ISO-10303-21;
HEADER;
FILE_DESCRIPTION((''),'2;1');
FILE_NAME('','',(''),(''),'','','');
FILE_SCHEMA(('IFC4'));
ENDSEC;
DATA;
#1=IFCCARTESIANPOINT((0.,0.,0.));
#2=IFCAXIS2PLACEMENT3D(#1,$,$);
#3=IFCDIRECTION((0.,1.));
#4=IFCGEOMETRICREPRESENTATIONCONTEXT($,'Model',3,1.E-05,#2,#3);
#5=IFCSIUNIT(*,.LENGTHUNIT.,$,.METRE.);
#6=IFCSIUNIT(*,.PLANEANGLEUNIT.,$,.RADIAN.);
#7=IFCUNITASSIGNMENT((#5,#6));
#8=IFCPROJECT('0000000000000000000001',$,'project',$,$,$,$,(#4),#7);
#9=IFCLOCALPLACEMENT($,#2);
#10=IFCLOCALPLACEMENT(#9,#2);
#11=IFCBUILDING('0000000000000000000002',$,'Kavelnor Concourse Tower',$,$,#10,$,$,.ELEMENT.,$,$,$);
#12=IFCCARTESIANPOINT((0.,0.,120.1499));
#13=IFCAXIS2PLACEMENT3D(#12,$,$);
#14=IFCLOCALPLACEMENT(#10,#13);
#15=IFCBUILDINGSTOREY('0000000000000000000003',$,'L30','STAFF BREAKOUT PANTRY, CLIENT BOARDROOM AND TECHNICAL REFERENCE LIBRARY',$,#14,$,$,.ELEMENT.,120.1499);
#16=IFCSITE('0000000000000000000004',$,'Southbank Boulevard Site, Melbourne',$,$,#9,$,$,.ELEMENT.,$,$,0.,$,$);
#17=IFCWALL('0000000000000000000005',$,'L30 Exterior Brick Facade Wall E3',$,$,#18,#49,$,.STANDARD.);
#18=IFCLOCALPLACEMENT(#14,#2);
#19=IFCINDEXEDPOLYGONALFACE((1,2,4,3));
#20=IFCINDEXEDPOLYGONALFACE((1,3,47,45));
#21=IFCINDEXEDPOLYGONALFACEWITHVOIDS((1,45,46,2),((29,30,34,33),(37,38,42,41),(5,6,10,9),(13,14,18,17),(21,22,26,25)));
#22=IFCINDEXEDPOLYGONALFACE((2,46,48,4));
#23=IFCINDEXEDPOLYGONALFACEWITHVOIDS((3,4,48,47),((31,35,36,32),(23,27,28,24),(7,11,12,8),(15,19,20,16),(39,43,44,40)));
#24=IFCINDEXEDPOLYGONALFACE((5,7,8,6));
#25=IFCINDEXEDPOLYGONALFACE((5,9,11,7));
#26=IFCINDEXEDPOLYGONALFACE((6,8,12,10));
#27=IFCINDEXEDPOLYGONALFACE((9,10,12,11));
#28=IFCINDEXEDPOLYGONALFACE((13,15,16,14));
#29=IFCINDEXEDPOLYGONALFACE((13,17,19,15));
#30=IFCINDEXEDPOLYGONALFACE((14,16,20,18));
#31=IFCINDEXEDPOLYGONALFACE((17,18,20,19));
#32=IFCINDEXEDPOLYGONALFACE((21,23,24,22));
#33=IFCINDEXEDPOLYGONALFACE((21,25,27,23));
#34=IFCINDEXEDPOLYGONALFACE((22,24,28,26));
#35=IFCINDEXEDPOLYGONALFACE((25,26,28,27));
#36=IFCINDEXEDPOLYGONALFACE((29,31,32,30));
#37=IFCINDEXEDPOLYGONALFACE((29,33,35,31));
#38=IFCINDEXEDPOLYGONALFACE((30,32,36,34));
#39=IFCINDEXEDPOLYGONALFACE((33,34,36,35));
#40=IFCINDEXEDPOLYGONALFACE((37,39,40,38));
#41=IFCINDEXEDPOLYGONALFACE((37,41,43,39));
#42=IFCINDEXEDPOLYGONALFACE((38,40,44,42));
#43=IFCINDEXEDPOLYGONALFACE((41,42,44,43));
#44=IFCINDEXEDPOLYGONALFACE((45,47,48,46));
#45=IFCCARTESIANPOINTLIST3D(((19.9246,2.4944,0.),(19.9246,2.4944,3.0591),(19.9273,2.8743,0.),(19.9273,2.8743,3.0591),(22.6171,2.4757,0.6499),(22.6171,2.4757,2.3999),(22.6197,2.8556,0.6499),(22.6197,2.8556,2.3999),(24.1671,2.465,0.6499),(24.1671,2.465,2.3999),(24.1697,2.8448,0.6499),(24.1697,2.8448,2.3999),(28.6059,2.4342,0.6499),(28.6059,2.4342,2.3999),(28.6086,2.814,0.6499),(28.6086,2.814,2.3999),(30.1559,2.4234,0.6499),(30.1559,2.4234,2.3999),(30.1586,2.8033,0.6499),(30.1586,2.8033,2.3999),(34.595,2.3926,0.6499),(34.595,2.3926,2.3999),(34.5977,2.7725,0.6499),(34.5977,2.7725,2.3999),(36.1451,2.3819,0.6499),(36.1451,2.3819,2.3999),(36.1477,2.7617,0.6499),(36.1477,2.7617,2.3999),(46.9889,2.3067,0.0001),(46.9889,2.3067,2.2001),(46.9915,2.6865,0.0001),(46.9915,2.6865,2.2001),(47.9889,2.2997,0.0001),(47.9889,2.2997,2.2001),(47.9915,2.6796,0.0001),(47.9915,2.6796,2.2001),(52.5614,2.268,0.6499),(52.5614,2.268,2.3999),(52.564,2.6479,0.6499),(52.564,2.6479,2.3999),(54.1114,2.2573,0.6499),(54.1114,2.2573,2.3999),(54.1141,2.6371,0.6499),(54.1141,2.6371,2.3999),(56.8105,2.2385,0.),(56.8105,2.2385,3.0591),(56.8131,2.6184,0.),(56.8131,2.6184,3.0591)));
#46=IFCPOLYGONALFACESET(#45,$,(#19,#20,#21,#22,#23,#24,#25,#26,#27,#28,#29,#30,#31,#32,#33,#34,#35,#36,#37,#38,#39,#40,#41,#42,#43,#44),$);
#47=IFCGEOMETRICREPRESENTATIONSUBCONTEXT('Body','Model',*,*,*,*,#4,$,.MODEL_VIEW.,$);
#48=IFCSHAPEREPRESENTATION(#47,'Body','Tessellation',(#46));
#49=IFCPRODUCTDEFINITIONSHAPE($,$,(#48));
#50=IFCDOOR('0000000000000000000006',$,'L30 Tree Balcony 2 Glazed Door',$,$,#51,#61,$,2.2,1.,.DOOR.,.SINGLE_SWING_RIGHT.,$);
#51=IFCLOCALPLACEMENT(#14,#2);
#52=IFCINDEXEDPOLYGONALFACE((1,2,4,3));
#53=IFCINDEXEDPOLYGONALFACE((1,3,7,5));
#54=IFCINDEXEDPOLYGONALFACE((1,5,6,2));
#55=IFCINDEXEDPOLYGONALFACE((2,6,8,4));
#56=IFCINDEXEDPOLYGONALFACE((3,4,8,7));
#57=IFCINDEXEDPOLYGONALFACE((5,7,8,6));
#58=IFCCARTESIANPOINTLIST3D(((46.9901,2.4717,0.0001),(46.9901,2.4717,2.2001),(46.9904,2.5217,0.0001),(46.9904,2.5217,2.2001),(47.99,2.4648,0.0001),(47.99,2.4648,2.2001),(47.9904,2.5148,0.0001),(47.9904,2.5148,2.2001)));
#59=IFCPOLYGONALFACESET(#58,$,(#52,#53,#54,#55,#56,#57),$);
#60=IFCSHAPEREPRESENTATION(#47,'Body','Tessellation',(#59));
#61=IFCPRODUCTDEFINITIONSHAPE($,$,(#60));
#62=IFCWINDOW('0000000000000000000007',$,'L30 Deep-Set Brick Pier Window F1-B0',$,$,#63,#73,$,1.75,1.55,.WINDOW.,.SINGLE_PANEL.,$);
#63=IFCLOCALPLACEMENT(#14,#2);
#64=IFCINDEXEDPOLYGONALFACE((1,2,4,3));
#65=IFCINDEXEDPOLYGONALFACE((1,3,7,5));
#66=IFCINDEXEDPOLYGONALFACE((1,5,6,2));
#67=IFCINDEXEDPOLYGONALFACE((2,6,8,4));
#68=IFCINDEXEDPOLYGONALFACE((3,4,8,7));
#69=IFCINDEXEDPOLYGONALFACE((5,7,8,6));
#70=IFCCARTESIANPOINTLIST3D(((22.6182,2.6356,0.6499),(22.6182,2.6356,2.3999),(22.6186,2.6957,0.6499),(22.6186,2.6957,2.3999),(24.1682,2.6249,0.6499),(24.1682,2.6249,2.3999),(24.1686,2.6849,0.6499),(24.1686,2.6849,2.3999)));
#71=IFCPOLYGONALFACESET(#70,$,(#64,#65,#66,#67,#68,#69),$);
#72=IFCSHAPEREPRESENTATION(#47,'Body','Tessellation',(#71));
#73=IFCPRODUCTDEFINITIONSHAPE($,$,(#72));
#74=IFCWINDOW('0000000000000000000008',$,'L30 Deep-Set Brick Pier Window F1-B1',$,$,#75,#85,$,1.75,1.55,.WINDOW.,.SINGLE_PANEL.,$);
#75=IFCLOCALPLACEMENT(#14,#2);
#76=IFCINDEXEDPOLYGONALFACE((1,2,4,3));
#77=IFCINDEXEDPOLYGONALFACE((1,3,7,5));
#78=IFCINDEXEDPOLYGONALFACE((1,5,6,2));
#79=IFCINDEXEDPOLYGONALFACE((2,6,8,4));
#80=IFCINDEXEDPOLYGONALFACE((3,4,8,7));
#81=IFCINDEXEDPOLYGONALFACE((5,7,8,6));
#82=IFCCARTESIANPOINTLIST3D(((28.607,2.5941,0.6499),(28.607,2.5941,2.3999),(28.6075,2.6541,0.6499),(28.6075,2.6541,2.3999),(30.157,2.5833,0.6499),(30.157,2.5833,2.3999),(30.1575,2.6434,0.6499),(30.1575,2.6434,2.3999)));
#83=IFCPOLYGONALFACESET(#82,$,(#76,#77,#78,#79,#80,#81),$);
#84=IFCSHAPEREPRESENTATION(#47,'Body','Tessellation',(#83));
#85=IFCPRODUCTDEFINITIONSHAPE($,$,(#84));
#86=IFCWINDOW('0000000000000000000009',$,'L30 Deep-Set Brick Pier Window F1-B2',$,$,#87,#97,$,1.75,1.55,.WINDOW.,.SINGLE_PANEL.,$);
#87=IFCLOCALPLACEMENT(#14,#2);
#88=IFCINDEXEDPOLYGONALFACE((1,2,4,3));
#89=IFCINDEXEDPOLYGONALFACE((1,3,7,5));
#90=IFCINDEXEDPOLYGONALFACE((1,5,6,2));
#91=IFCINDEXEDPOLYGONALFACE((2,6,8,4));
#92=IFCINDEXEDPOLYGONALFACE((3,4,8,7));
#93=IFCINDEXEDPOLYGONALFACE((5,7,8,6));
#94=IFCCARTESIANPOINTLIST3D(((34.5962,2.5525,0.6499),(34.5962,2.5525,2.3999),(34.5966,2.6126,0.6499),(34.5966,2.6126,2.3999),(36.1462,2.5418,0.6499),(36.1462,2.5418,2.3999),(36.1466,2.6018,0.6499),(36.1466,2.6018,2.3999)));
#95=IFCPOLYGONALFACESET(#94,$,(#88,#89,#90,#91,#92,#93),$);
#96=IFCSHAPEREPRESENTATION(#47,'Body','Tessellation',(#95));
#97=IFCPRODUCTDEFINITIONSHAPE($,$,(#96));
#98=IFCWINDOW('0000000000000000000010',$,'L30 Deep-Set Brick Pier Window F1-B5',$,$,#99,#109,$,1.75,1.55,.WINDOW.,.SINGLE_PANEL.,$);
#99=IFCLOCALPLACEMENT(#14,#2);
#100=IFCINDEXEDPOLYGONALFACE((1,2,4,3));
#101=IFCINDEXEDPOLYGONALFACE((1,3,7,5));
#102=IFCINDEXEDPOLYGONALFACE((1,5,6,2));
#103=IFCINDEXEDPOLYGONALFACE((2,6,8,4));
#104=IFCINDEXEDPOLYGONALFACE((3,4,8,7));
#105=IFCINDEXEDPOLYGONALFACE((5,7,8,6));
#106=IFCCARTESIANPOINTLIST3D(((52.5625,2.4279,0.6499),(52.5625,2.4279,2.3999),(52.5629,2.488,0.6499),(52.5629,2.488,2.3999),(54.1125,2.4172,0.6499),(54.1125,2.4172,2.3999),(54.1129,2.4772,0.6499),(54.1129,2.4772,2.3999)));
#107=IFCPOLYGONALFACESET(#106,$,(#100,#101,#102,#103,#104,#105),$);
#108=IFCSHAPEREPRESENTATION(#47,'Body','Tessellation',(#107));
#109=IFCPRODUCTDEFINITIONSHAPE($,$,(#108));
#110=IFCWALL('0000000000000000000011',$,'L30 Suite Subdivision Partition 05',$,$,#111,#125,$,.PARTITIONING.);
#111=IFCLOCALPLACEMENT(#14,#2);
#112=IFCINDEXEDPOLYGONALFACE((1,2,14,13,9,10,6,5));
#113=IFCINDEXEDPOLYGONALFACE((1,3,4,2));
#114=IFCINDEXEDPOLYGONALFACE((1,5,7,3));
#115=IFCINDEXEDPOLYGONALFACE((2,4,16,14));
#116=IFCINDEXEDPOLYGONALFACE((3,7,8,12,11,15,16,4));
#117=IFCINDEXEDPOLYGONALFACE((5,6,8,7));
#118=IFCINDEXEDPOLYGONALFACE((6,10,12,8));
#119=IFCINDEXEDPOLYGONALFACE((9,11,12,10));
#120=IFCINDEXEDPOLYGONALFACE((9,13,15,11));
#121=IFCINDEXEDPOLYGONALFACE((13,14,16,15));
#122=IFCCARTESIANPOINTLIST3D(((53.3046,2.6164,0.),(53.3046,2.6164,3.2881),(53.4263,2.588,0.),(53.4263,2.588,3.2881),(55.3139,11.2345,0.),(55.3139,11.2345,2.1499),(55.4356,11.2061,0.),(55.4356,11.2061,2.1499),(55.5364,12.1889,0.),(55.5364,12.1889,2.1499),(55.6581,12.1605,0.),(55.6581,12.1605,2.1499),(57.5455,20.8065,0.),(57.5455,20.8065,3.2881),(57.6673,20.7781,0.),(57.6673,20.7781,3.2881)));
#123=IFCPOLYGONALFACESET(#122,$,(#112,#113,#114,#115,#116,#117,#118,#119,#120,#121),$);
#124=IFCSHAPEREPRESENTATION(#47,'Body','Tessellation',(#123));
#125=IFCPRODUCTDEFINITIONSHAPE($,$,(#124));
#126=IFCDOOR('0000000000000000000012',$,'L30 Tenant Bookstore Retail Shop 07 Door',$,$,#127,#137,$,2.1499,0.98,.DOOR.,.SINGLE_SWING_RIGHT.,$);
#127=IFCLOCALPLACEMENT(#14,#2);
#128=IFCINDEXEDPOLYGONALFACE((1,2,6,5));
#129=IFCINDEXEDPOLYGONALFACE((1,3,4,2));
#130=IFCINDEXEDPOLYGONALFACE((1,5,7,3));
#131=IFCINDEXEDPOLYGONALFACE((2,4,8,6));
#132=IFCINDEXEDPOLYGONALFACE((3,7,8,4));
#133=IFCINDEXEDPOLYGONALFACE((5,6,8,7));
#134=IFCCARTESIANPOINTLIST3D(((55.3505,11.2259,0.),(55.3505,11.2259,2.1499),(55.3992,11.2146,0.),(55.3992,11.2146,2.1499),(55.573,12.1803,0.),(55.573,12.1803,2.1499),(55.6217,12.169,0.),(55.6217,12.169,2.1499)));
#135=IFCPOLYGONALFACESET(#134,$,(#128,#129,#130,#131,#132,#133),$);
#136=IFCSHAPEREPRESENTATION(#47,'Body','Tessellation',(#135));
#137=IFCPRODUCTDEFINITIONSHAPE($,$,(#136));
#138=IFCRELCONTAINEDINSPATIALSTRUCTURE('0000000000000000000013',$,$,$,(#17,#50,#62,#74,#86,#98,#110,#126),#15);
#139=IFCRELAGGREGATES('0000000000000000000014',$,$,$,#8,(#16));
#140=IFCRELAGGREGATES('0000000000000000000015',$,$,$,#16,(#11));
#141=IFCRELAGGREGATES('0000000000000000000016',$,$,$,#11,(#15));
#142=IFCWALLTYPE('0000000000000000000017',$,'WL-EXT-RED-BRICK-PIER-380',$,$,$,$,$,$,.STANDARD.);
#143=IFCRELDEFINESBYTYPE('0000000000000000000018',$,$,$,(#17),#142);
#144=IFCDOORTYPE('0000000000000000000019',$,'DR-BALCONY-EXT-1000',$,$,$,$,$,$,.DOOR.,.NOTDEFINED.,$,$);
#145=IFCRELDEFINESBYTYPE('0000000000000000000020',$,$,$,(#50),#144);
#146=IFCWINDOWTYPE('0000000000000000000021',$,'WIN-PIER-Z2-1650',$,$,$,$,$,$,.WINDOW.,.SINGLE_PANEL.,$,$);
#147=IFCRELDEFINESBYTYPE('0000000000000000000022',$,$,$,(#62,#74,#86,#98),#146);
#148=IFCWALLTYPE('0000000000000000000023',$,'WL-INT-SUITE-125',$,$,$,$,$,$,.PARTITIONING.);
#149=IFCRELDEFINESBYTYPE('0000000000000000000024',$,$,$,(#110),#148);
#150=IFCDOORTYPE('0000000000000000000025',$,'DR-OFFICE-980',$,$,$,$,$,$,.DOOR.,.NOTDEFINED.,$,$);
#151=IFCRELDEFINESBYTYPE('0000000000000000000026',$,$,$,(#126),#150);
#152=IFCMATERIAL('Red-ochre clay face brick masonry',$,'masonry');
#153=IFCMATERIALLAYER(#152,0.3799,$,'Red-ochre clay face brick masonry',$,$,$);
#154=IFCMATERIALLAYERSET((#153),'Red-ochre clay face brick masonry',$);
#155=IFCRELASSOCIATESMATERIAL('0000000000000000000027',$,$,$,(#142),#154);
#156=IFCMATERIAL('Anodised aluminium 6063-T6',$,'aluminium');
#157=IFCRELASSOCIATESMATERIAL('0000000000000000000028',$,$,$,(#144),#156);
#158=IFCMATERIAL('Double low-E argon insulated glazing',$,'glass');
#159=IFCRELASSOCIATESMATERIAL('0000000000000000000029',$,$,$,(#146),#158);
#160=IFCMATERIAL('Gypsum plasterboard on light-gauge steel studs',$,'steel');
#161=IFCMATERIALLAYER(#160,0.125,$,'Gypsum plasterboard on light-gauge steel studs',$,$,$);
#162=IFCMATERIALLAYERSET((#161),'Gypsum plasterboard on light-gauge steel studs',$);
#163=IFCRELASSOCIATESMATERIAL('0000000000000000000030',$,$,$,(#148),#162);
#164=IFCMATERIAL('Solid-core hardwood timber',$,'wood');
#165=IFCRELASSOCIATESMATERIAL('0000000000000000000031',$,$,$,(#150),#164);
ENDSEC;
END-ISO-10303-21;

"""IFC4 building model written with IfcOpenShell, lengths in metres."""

from ifc_helpers import new_model, si_unit, direction, frame, frame_2d, origin, place, context, subcontext, project, spatial, rectangle, extrude, material, layer, layer_set, type_object, element, fill, save


model = new_model("IFC4")

# Units and contexts
model_context = context("Model", 3, precision=1e-05, world=origin(), true_north=direction((0.0, 1.0)))
body_context = subcontext(model_context, "Body", "Model", "MODEL_VIEW")
ifc_project = project(units=[si_unit("LENGTHUNIT", "METRE"), si_unit("PLANEANGLEUNIT", "RADIAN")], contexts=[model_context])

# Site, building, storey
site_placement = place(None, origin())
site = spatial("IfcSite", under=ifc_project, at=site_placement, Name="Southbank Boulevard Site, Melbourne", CompositionType="ELEMENT", RefElevation=0.0)
building_placement = place(site_placement, origin())
building = spatial("IfcBuilding", under=site, at=building_placement, Name="Kavelnor Concourse Tower", CompositionType="ELEMENT")
storey_placement = place(building_placement, frame((0.0, 0.0, 120.1499)))
storey = spatial("IfcBuildingStorey", under=building, at=storey_placement, Name="L30", Description="STAFF BREAKOUT PANTRY, CLIENT BOARDROOM AND TECHNICAL REFERENCE LIBRARY", CompositionType="ELEMENT", Elevation=120.1499)

# Shared definitions
ifc_material_1 = material(Name="Double low-E argon insulated glazing", Category="glass")

# Wall, openings, door, windows
ifc_material_2 = material(Name="Red-ochre clay face brick masonry", Category="masonry")
ifc_layer_1 = layer(ifc_material_2, 0.3799, Name="Red-ochre clay face brick masonry")
ifc_layer_set_1 = layer_set([ifc_layer_1], Name="Red-ochre clay face brick masonry")
wall_type_1 = type_object("IfcWallType", Name="WL-EXT-RED-BRICK-PIER-380", PredefinedType="STANDARD", material=ifc_layer_set_1)
wall_1_placement = place(storey_placement, frame((56.8118, 2.4285, 0.0), z_axis=(0.0, 0.0, 1.0), x_axis=(-0.999976, 0.006936, 0.0)))
wall_1 = element("IfcWall", 1, at=wall_1_placement, inside=storey, type_object=wall_type_1, Name="L30 Exterior Brick Facade Wall E3", PredefinedType="STANDARD", context=body_context, shape_type="SweptSolid", body=[
    extrude(rectangle(XDim=36.8867, YDim=0.3799, at=frame_2d((18.4434, 0.0))), origin(), (0.0, 0.0, 1.0), 3.0591),
])
opening_1_placement = place(wall_1_placement, frame((8.8218, 0.0, 0.0)))
opening_1 = element("IfcOpeningElement", 2, at=opening_1_placement, cuts=wall_1, PredefinedType="OPENING", context=body_context, shape_type="SweptSolid", body=[
    extrude(rectangle(XDim=1.0, YDim=2.2, at=frame_2d((0.5, 1.1001))), frame((0.0, 0.2, 0.0), z_axis=(0.0, -1.0, 0.0), x_axis=(1.0, 0.0, 0.0)), (0.0, 0.0, 1.0), 0.3999),
])
opening_2_placement = place(wall_1_placement, frame((32.6443, 0.0, 0.6499)))
opening_2 = element("IfcOpeningElement", 3, at=opening_2_placement, cuts=wall_1, PredefinedType="OPENING", context=body_context, shape_type="SweptSolid", body=[
    extrude(rectangle(XDim=1.55, YDim=1.75, at=frame_2d((0.7749, 0.875))), frame((0.0, 0.2, 0.0), z_axis=(0.0, -1.0, 0.0), x_axis=(1.0, 0.0, 0.0)), (0.0, 0.0, 1.0), 0.3999),
])
opening_3_placement = place(wall_1_placement, frame((26.6553, 0.0, 0.6499)))
opening_3 = element("IfcOpeningElement", 4, at=opening_3_placement, cuts=wall_1, PredefinedType="OPENING", context=body_context, shape_type="SweptSolid", body=[
    extrude(rectangle(XDim=1.55, YDim=1.75, at=frame_2d((0.7749, 0.875))), frame((0.0, 0.2, 0.0), z_axis=(0.0, -1.0, 0.0), x_axis=(1.0, 0.0, 0.0)), (0.0, 0.0, 1.0), 0.3999),
])
opening_4_placement = place(wall_1_placement, frame((20.666, 0.0, 0.6499)))
opening_4 = element("IfcOpeningElement", 5, at=opening_4_placement, cuts=wall_1, PredefinedType="OPENING", context=body_context, shape_type="SweptSolid", body=[
    extrude(rectangle(XDim=1.55, YDim=1.75, at=frame_2d((0.7749, 0.875))), frame((0.0, 0.2, 0.0), z_axis=(0.0, -1.0, 0.0), x_axis=(1.0, 0.0, 0.0)), (0.0, 0.0, 1.0), 0.3999),
])
opening_5_placement = place(wall_1_placement, frame((2.6992, 0.0, 0.6499)))
opening_5 = element("IfcOpeningElement", 6, at=opening_5_placement, cuts=wall_1, PredefinedType="OPENING", context=body_context, shape_type="SweptSolid", body=[
    extrude(rectangle(XDim=1.55, YDim=1.75, at=frame_2d((0.7749, 0.875))), frame((0.0, 0.2, 0.0), z_axis=(0.0, -1.0, 0.0), x_axis=(1.0, 0.0, 0.0)), (0.0, 0.0, 1.0), 0.3999),
])
ifc_material_3 = material(Name="Anodised aluminium 6063-T6", Category="aluminium")
door_type_1 = type_object("IfcDoorType", Name="DR-BALCONY-EXT-1000", OperationType="NOTDEFINED", PredefinedType="DOOR", material=ifc_material_3)
door_1_placement = place(opening_1_placement, origin())
door_1 = element("IfcDoor", 7, at=door_1_placement, inside=storey, type_object=door_type_1, Name="L30 Tree Balcony 2 Glazed Door", OperationType="SINGLE_SWING_RIGHT", OverallHeight=2.2, OverallWidth=1.0, PredefinedType="DOOR", context=body_context, shape_type="SweptSolid", body=[
    extrude(rectangle(XDim=1.0, YDim=2.2, at=frame_2d((0.5, 1.1001))), frame((0.0, 0.0249, 0.0), z_axis=(0.0, -1.0, 0.0), x_axis=(1.0, 0.0, 0.0)), (0.0, 0.0, 1.0), 0.05),
])
fill(opening_1, door_1)
window_type_1 = type_object("IfcWindowType", Name="WIN-PIER-Z2-1650", PartitioningType="SINGLE_PANEL", PredefinedType="WINDOW", material=ifc_material_1)
window_1_placement = place(opening_2_placement, origin())
window_1 = element("IfcWindow", 8, at=window_1_placement, inside=storey, type_object=window_type_1, Name="L30 Deep-Set Brick Pier Window F1-B0", OverallHeight=1.75, OverallWidth=1.55, PartitioningType="SINGLE_PANEL", PredefinedType="WINDOW", context=body_context, shape_type="SweptSolid", body=[
    extrude(rectangle(XDim=1.55, YDim=1.75, at=frame_2d((0.7749, 0.875))), frame((0.0, 0.03, 0.0), z_axis=(0.0, -1.0, 0.0), x_axis=(1.0, 0.0, 0.0)), (0.0, 0.0, 1.0), 0.0601),
])
fill(opening_2, window_1)
window_2_placement = place(opening_3_placement, origin())
window_2 = element("IfcWindow", 9, at=window_2_placement, inside=storey, type_object=window_type_1, Name="L30 Deep-Set Brick Pier Window F1-B1", OverallHeight=1.75, OverallWidth=1.55, PartitioningType="SINGLE_PANEL", PredefinedType="WINDOW", context=body_context, shape_type="SweptSolid", body=[
    extrude(rectangle(XDim=1.55, YDim=1.75, at=frame_2d((0.7749, 0.875))), frame((0.0, 0.03, 0.0), z_axis=(0.0, -1.0, 0.0), x_axis=(1.0, 0.0, 0.0)), (0.0, 0.0, 1.0), 0.0601),
])
fill(opening_3, window_2)
window_3_placement = place(opening_4_placement, origin())
window_3 = element("IfcWindow", 10, at=window_3_placement, inside=storey, type_object=window_type_1, Name="L30 Deep-Set Brick Pier Window F1-B2", OverallHeight=1.75, OverallWidth=1.55, PartitioningType="SINGLE_PANEL", PredefinedType="WINDOW", context=body_context, shape_type="SweptSolid", body=[
    extrude(rectangle(XDim=1.55, YDim=1.75, at=frame_2d((0.7749, 0.875))), frame((0.0, 0.03, 0.0), z_axis=(0.0, -1.0, 0.0), x_axis=(1.0, 0.0, 0.0)), (0.0, 0.0, 1.0), 0.0601),
])
fill(opening_4, window_3)
window_4_placement = place(opening_5_placement, origin())
window_4 = element("IfcWindow", 11, at=window_4_placement, inside=storey, type_object=window_type_1, Name="L30 Deep-Set Brick Pier Window F1-B5", OverallHeight=1.75, OverallWidth=1.55, PartitioningType="SINGLE_PANEL", PredefinedType="WINDOW", context=body_context, shape_type="SweptSolid", body=[
    extrude(rectangle(XDim=1.55, YDim=1.75, at=frame_2d((0.7749, 0.875))), frame((0.0, 0.03, 0.0), z_axis=(0.0, -1.0, 0.0), x_axis=(1.0, 0.0, 0.0)), (0.0, 0.0, 1.0), 0.0601),
])
fill(opening_5, window_4)

# Wall, opening, door
ifc_material_4 = material(Name="Gypsum plasterboard on light-gauge steel studs", Category="steel")
ifc_layer_2 = layer(ifc_material_4, 0.125, Name="Gypsum plasterboard on light-gauge steel studs")
ifc_layer_set_2 = layer_set([ifc_layer_2], Name="Gypsum plasterboard on light-gauge steel studs")
wall_type_2 = type_object("IfcWallType", Name="WL-INT-SUITE-125", PredefinedType="PARTITIONING", material=ifc_layer_set_2)
wall_2_placement = place(storey_placement, frame((53.3655, 2.6023, 0.0), z_axis=(0.0, 0.0, 1.0), x_axis=(0.227056, 0.973882, 0.0)))
wall_2 = element("IfcWall", 12, at=wall_2_placement, inside=storey, type_object=wall_type_2, Name="L30 Suite Subdivision Partition 05", PredefinedType="PARTITIONING", context=body_context, shape_type="SweptSolid", body=[
    extrude(rectangle(XDim=18.678, YDim=0.125, at=frame_2d((9.3389, 0.0))), origin(), (0.0, 0.0, 1.0), 3.2881),
])
opening_6_placement = place(wall_2_placement, frame((8.8491, 0.0, 0.0)))
opening_6 = element("IfcOpeningElement", 13, at=opening_6_placement, cuts=wall_2, PredefinedType="OPENING", context=body_context, shape_type="SweptSolid", body=[
    extrude(rectangle(XDim=0.98, YDim=2.1499, at=frame_2d((0.49, 1.075))), frame((0.0, 0.0725, 0.0), z_axis=(0.0, -1.0, 0.0), x_axis=(1.0, 0.0, 0.0)), (0.0, 0.0, 1.0), 0.145),
])
ifc_material_5 = material(Name="Solid-core hardwood timber", Category="wood")
door_type_2 = type_object("IfcDoorType", Name="DR-OFFICE-980", OperationType="NOTDEFINED", PredefinedType="DOOR", material=ifc_material_5)
door_2_placement = place(opening_6_placement, origin())
door_2 = element("IfcDoor", 14, at=door_2_placement, inside=storey, type_object=door_type_2, Name="L30 Tenant Bookstore Retail Shop 07 Door", OperationType="SINGLE_SWING_RIGHT", OverallHeight=2.1499, OverallWidth=0.98, PredefinedType="DOOR", context=body_context, shape_type="SweptSolid", body=[
    extrude(rectangle(XDim=0.98, YDim=2.1499, at=frame_2d((0.49, 1.075))), frame((0.0, 0.0249, 0.0), z_axis=(0.0, -1.0, 0.0), x_axis=(1.0, 0.0, 0.0)), (0.0, 0.0, 1.0), 0.05),
])
fill(opening_6, door_2)

save(model, "model.ifc")
